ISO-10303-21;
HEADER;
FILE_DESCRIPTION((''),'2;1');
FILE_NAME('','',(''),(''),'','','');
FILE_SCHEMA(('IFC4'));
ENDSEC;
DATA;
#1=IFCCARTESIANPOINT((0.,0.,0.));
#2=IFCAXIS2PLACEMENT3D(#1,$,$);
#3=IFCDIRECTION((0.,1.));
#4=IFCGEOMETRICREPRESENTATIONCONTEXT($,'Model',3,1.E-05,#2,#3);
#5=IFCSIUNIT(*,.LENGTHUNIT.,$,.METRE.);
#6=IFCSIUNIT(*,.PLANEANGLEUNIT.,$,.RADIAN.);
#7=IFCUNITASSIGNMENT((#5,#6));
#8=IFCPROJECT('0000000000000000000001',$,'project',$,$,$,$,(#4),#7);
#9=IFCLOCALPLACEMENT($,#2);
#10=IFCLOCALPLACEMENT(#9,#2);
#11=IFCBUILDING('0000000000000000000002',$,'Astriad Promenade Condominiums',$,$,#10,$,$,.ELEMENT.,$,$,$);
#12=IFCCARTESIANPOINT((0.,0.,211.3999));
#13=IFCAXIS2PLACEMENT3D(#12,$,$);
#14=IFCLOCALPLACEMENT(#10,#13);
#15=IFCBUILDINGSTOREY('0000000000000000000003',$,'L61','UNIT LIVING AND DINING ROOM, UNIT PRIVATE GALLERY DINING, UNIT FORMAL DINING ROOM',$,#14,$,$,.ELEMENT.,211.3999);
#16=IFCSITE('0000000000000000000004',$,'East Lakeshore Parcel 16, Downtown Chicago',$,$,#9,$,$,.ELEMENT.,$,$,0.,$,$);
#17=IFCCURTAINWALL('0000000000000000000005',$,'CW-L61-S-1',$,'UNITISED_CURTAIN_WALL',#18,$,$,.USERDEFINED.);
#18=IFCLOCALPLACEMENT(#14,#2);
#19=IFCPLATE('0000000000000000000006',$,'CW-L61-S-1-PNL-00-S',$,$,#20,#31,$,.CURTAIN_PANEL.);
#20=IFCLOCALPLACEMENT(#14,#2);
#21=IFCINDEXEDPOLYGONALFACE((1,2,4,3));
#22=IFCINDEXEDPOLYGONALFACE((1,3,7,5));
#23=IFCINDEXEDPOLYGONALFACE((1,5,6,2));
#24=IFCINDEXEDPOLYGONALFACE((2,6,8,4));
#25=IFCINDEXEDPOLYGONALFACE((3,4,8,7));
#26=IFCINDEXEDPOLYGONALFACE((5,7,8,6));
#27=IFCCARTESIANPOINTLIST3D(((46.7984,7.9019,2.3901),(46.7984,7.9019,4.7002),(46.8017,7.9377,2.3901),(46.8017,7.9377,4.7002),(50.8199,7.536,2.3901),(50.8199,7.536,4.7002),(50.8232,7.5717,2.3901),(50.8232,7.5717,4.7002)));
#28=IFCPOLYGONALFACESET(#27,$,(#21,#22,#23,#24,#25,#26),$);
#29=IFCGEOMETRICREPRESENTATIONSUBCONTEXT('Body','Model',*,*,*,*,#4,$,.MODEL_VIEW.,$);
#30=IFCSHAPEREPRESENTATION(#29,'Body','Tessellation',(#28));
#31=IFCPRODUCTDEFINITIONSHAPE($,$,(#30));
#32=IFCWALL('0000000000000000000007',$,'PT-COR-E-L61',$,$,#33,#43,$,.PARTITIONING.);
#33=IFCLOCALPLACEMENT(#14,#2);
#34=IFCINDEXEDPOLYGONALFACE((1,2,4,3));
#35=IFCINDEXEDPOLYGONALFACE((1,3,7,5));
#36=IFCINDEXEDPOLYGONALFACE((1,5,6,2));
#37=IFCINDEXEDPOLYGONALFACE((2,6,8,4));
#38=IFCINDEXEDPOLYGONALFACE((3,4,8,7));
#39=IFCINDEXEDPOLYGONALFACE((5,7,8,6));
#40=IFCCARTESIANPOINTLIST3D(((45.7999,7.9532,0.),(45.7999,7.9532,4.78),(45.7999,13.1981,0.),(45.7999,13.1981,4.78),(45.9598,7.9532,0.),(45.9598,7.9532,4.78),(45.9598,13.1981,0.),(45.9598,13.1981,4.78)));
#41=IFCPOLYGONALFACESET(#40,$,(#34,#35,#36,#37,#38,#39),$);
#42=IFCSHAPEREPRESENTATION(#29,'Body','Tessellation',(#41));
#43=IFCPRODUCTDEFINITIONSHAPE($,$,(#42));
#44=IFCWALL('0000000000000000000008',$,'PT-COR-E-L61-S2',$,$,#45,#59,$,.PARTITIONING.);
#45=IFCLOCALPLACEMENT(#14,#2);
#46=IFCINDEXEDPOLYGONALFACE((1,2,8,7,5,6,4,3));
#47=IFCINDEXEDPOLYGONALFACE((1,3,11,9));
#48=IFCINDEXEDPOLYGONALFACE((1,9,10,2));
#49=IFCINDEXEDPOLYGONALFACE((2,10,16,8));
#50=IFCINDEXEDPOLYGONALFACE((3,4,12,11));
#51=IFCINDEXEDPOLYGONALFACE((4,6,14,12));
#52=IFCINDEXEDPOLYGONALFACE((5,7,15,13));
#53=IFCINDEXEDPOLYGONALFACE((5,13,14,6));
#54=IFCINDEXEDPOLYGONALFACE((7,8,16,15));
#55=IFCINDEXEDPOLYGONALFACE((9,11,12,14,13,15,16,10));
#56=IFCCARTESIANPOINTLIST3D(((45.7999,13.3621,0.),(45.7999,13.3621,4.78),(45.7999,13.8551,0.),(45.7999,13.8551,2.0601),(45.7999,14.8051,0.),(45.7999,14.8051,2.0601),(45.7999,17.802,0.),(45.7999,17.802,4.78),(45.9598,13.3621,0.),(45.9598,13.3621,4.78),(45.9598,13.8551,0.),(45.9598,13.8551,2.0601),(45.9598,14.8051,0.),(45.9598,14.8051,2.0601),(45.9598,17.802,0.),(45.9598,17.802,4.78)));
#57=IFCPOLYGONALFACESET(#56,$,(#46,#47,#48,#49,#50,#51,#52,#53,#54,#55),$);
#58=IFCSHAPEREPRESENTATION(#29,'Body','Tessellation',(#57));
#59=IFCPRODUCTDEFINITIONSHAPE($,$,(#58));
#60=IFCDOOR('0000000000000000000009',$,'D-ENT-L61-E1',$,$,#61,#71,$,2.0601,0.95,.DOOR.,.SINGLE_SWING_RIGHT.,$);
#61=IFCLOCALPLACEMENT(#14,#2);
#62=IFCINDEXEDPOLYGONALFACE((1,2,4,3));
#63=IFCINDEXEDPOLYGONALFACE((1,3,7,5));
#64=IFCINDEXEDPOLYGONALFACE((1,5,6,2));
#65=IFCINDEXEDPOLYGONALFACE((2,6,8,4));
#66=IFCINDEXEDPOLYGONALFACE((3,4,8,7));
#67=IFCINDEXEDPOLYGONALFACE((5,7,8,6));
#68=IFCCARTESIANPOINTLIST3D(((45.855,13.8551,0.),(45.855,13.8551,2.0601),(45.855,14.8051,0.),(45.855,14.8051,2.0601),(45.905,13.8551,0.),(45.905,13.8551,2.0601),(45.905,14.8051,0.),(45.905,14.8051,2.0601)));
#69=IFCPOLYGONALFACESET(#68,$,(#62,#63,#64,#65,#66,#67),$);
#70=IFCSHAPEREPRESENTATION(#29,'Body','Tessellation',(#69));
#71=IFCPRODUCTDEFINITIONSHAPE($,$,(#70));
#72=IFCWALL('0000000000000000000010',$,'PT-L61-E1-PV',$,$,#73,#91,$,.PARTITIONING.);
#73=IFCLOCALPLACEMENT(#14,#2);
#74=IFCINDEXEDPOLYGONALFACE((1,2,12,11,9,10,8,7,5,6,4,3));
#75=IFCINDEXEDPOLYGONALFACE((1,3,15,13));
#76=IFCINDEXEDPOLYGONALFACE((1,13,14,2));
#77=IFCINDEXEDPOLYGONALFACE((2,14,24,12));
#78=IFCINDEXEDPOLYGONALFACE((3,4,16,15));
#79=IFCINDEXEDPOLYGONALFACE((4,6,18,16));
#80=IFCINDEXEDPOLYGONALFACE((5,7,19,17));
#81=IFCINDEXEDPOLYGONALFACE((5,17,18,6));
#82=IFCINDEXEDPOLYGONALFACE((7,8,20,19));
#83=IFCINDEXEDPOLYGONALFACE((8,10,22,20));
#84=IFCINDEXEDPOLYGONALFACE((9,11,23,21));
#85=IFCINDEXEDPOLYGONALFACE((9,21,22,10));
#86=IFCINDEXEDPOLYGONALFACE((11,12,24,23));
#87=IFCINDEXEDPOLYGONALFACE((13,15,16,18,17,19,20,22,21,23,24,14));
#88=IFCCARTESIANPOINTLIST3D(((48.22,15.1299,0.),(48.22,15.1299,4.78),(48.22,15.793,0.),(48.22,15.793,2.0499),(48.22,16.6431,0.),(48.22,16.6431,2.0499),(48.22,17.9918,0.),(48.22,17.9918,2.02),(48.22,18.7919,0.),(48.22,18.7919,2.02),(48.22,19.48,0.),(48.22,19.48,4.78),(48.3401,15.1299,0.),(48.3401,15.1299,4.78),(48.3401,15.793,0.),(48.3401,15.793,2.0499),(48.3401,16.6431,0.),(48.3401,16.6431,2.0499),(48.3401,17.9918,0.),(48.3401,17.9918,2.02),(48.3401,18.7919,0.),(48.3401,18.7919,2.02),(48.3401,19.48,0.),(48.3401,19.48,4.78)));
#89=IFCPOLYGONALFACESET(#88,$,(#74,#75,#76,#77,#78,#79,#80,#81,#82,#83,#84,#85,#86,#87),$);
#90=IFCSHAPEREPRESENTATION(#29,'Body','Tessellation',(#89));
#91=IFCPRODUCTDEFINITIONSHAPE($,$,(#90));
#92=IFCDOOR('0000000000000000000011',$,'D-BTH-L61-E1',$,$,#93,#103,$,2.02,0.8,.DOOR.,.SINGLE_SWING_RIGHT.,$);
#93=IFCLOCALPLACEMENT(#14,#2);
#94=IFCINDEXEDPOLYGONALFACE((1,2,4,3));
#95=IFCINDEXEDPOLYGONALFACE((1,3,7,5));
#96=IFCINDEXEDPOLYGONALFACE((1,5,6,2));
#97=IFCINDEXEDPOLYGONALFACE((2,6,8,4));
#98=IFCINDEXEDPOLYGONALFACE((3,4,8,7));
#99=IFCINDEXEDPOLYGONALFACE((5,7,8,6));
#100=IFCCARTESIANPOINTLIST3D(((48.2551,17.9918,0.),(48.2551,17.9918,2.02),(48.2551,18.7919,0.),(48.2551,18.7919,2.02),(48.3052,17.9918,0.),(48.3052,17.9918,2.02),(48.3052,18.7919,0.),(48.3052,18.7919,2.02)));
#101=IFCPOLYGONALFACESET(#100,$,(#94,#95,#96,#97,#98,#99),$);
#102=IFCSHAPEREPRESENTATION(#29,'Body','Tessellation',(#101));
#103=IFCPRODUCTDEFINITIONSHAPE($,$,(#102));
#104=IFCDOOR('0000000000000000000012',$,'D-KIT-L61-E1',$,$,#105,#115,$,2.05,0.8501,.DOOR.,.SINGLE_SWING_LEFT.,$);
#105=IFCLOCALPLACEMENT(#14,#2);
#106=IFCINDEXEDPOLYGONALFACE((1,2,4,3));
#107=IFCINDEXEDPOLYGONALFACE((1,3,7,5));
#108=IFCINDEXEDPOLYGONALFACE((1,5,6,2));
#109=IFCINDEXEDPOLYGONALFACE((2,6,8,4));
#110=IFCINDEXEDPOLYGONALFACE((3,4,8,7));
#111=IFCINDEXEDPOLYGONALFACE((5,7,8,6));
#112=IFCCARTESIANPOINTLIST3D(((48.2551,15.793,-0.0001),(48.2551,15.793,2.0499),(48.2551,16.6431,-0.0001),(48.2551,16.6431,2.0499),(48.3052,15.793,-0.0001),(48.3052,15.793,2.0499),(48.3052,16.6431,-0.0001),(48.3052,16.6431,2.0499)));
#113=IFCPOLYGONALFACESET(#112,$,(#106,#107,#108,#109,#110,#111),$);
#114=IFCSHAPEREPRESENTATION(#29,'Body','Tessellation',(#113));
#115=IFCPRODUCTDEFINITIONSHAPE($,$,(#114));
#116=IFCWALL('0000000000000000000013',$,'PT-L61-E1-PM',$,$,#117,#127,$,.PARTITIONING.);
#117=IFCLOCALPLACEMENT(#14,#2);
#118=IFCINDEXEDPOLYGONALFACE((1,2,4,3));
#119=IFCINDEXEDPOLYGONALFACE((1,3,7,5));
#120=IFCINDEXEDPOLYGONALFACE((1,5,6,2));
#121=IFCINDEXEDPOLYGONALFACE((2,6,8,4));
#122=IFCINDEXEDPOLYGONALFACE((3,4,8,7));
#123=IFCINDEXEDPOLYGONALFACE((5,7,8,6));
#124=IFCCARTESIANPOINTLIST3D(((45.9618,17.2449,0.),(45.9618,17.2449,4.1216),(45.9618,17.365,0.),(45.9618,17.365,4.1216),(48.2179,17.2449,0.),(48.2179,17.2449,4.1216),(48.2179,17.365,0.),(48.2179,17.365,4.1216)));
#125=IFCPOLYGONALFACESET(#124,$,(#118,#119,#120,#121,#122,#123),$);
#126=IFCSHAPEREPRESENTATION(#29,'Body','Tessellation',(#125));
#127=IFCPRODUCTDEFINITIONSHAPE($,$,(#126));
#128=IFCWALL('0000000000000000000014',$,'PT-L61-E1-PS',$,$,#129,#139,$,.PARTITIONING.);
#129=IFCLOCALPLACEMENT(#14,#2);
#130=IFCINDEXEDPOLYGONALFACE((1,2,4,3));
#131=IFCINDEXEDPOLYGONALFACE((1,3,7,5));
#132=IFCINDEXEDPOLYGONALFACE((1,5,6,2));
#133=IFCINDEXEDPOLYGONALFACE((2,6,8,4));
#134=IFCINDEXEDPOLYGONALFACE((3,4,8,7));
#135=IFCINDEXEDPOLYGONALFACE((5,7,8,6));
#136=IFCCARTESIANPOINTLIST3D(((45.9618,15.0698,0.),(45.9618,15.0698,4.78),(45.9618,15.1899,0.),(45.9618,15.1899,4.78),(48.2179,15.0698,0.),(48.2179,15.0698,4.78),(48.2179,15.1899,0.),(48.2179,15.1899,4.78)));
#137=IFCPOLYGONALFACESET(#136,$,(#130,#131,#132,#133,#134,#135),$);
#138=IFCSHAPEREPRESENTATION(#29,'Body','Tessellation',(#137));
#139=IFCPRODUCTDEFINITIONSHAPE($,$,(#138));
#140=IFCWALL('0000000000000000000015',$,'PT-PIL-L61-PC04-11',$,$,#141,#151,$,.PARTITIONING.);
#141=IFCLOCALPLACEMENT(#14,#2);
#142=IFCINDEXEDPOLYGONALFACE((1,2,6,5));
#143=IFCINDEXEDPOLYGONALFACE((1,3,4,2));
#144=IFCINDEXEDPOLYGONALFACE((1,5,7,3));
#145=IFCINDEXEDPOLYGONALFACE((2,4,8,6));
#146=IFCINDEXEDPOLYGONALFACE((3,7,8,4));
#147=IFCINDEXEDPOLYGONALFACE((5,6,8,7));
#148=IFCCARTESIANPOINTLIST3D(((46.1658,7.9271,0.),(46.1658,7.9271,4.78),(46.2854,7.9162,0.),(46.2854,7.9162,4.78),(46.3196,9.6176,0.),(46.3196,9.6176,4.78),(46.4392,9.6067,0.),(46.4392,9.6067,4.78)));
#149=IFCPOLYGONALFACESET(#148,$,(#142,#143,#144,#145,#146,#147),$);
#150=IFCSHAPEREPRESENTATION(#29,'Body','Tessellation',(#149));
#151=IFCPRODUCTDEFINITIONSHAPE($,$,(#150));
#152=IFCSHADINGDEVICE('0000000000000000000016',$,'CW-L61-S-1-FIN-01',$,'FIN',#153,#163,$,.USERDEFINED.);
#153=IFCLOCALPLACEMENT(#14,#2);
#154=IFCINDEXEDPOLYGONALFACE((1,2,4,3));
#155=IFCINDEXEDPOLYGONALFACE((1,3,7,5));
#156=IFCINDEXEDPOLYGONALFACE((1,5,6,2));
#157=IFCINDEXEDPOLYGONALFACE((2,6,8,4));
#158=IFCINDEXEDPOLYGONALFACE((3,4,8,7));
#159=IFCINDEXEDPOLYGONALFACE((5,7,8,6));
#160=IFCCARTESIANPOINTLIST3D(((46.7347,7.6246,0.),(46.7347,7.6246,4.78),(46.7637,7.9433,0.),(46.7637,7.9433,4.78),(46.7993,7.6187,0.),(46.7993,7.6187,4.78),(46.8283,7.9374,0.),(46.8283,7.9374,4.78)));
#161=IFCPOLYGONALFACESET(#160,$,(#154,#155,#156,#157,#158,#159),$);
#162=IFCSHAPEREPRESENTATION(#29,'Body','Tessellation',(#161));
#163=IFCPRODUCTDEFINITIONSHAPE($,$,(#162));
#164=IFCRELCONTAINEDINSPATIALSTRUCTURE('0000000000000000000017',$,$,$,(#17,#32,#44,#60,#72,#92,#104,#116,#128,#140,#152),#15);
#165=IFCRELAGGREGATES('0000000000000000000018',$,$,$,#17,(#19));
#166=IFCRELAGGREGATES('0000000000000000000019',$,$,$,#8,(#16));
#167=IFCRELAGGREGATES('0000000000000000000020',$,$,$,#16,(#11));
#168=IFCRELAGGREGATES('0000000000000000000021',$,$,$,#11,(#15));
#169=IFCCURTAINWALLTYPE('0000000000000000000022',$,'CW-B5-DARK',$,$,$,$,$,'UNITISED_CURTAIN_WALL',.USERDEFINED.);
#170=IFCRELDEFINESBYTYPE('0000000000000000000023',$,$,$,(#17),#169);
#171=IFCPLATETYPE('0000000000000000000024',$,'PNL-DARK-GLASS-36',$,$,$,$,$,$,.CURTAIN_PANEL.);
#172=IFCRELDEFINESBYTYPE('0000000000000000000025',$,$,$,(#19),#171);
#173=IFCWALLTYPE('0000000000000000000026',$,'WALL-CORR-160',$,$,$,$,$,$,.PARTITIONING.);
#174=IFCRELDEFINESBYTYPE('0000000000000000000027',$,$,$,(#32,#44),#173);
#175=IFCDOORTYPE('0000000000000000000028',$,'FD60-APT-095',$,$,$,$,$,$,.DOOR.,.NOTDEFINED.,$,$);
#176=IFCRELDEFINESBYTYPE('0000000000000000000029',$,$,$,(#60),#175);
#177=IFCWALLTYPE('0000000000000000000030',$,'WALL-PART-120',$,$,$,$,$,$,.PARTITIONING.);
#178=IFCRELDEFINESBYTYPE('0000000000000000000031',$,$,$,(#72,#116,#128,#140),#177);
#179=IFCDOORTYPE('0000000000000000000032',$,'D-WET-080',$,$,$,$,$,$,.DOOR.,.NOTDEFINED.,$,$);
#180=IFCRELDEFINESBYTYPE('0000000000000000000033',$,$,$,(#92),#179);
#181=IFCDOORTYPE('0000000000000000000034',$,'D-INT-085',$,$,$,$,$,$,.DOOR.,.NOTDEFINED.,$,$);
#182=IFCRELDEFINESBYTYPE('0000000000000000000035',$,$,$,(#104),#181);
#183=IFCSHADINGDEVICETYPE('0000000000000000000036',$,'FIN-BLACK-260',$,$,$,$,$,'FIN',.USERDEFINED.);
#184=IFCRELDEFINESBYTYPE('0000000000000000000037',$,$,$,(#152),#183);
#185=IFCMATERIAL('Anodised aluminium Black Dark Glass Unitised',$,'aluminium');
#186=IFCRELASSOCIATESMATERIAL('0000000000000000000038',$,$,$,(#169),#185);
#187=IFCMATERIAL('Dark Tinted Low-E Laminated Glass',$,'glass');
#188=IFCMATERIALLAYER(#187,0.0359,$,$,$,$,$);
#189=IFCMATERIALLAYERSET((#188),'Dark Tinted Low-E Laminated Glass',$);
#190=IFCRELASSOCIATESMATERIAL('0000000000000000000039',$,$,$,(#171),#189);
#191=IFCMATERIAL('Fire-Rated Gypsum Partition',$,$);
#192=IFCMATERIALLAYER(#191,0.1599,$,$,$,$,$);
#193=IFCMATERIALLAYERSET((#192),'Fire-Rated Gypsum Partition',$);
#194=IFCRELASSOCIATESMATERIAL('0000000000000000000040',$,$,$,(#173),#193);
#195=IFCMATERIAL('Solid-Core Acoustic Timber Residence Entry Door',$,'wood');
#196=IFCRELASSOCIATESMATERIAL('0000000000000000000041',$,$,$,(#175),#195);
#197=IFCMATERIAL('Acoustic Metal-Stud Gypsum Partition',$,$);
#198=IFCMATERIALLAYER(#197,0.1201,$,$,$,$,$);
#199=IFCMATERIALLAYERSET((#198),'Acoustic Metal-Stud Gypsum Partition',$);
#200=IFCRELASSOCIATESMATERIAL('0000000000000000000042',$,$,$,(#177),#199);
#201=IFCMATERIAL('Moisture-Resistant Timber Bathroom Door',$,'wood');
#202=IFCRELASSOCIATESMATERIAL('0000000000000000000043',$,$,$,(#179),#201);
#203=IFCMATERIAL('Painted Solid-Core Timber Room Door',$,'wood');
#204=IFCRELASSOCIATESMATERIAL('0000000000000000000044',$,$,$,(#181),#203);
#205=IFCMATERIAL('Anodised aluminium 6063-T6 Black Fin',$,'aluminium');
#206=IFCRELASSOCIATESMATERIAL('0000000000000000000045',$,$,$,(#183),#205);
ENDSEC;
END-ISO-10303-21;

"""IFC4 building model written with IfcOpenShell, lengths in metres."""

from ifc_helpers import new_model, si_unit, direction, frame, frame_2d, origin, origin_2d, place, context, subcontext, project, spatial, rectangle, extrude, source, transform, mapped, material, layer, layer_set, type_object, type_shapes, element, fill, aggregate, save


model = new_model("IFC4")

# Units and contexts
model_context = context("Model", 3, precision=1e-05, world=origin(), true_north=direction((0.0, 1.0)))
body_context = subcontext(model_context, "Body", "Model", "MODEL_VIEW")
ifc_project = project(units=[si_unit("LENGTHUNIT", "METRE"), si_unit("PLANEANGLEUNIT", "RADIAN")], contexts=[model_context])

# Site, building, storey
site_placement = place(None, origin())
site = spatial("IfcSite", under=ifc_project, at=site_placement, Name="East Lakeshore Parcel 16, Downtown Chicago", CompositionType="ELEMENT", RefElevation=0.0)
building_placement = place(site_placement, origin())
building = spatial("IfcBuilding", under=site, at=building_placement, Name="Astriad Promenade Condominiums", CompositionType="ELEMENT")
storey_placement = place(building_placement, frame((0.0, 0.0, 211.3999)))
storey = spatial("IfcBuildingStorey", under=building, at=storey_placement, Name="L61", Description="UNIT LIVING AND DINING ROOM, UNIT PRIVATE GALLERY DINING, UNIT FORMAL DINING ROOM", CompositionType="ELEMENT", Elevation=211.3999)

# Curtain wall
ifc_material_1 = material(Name="Anodised aluminium Black Dark Glass Unitised", Category="aluminium")
curtain_wall_type = type_object("IfcCurtainWallType", Name="CW-B5-DARK", ElementType="UNITISED_CURTAIN_WALL", PredefinedType="USERDEFINED", material=ifc_material_1)
curtain_wall_placement = place(storey_placement, origin())
curtain_wall = element("IfcCurtainWall", 1, at=curtain_wall_placement, inside=storey, type_object=curtain_wall_type, Name="CW-L61-S-1", ObjectType="UNITISED_CURTAIN_WALL", PredefinedType="USERDEFINED")

# Plate
ifc_material_2 = material(Name="Dark Tinted Low-E Laminated Glass", Category="glass")
ifc_layer_1 = layer(ifc_material_2, 0.0359)
ifc_layer_set_1 = layer_set([ifc_layer_1], Name="Dark Tinted Low-E Laminated Glass")
plate_type_1 = type_object("IfcPlateType", Name="PNL-DARK-GLASS-36", PredefinedType="CURTAIN_PANEL", material=ifc_layer_set_1)
shared_shape_1 = source(origin(), body_context, "Body", "SweptSolid", [
    extrude(rectangle(XDim=4.0381, YDim=0.0359, at=origin_2d()), origin(), (0.0, 0.0, 1.0), 2.3101),
])
plate_1_placement = place(storey_placement, frame((48.8108, 7.7368, 2.3901), z_axis=(0.0, 0.0, 1.0), x_axis=(-0.995884, 0.090633, 0.0)))
plate_1 = element("IfcPlate", 2, at=plate_1_placement, type_object=plate_type_1, Name="CW-L61-S-1-PNL-00-S", PredefinedType="CURTAIN_PANEL", context=body_context, shape_type="MappedRepresentation", body=[
    mapped(shared_shape_1, transform((0.0, 0.0, 0.0), scale=1.0)),
])
aggregate(curtain_wall, [plate_1])

# Wall
ifc_material_3 = material(Name="Fire-Rated Gypsum Partition")
ifc_layer_2 = layer(ifc_material_3, 0.1599)
ifc_layer_set_2 = layer_set([ifc_layer_2], Name="Fire-Rated Gypsum Partition")
wall_type_1 = type_object("IfcWallType", Name="WALL-CORR-160", PredefinedType="PARTITIONING", material=ifc_layer_set_2)
wall_1_placement = place(storey_placement, frame((45.8799, 7.9531, 0.0), z_axis=(0.0, 0.0, 1.0), x_axis=(0.0, 1.0, 0.0)))
element("IfcWall", 3, at=wall_1_placement, inside=storey, type_object=wall_type_1, Name="PT-COR-E-L61", PredefinedType="PARTITIONING", context=body_context, shape_type="SweptSolid", body=[
    extrude(rectangle(XDim=5.2449, YDim=0.1599, at=frame_2d((2.6226, 0.0))), origin(), (0.0, 0.0, 1.0), 4.78),
])

# Wall, opening, door
wall_2_placement = place(storey_placement, frame((45.8799, 13.3621, 0.0), z_axis=(0.0, 0.0, 1.0), x_axis=(0.0, 1.0, 0.0)))
wall_2 = element("IfcWall", 4, at=wall_2_placement, inside=storey, type_object=wall_type_1, Name="PT-COR-E-L61-S2", PredefinedType="PARTITIONING", context=body_context, shape_type="SweptSolid", body=[
    extrude(rectangle(XDim=4.4399, YDim=0.1599, at=frame_2d((2.22, 0.0))), origin(), (0.0, 0.0, 1.0), 4.78),
])
opening_1_placement = place(wall_2_placement, frame((0.4929, 0.0, 0.0)))
opening_1 = element("IfcOpeningElement", 5, at=opening_1_placement, cuts=wall_2, PredefinedType="OPENING", context=body_context, shape_type="SweptSolid", body=[
    extrude(rectangle(XDim=0.95, YDim=2.0601, at=frame_2d((0.4751, 1.03))), frame((0.0, 0.0898, 0.0), z_axis=(0.0, -1.0, 0.0), x_axis=(1.0, 0.0, 0.0)), (0.0, 0.0, 1.0), 0.1799),
])
ifc_material_4 = material(Name="Solid-Core Acoustic Timber Residence Entry Door", Category="wood")
door_type_1 = type_object("IfcDoorType", Name="FD60-APT-095", OperationType="NOTDEFINED", PredefinedType="DOOR", material=ifc_material_4)
shared_shape_2 = source(origin(), body_context, "Body", "SweptSolid", [
    extrude(rectangle(XDim=0.95, YDim=2.0601, at=frame_2d((0.4751, 1.03))), frame((0.0, 0.0249, 0.0), z_axis=(0.0, -1.0, 0.0), x_axis=(1.0, 0.0, 0.0)), (0.0, 0.0, 1.0), 0.05),
])
type_shapes(door_type_1, [shared_shape_2])
door_1_placement = place(opening_1_placement, origin())
door_1 = element("IfcDoor", 6, at=door_1_placement, inside=storey, type_object=door_type_1, Name="D-ENT-L61-E1", OperationType="SINGLE_SWING_RIGHT", OverallHeight=2.0601, OverallWidth=0.95, PredefinedType="DOOR", context=body_context, shape_type="MappedRepresentation", body=[
    mapped(shared_shape_2, transform((0.0, 0.0, 0.0), scale=1.0)),
])
fill(opening_1, door_1)

# Wall, openings, doors
ifc_material_5 = material(Name="Acoustic Metal-Stud Gypsum Partition")
ifc_layer_3 = layer(ifc_material_5, 0.1201)
ifc_layer_set_3 = layer_set([ifc_layer_3], Name="Acoustic Metal-Stud Gypsum Partition")
wall_type_2 = type_object("IfcWallType", Name="WALL-PART-120", PredefinedType="PARTITIONING", material=ifc_layer_set_3)
wall_3_placement = place(storey_placement, frame((48.28, 15.1299, 0.0), z_axis=(0.0, 0.0, 1.0), x_axis=(0.0, 1.0, 0.0)))
wall_3 = element("IfcWall", 7, at=wall_3_placement, inside=storey, type_object=wall_type_2, Name="PT-L61-E1-PV", PredefinedType="PARTITIONING", context=body_context, shape_type="SweptSolid", body=[
    extrude(rectangle(XDim=4.3501, YDim=0.1201, at=frame_2d((2.175, 0.0))), origin(), (0.0, 0.0, 1.0), 4.78),
])
opening_2_placement = place(wall_3_placement, frame((0.6631, 0.0, 0.0)))
opening_2 = element("IfcOpeningElement", 8, at=opening_2_placement, cuts=wall_3, PredefinedType="OPENING", context=body_context, shape_type="SweptSolid", body=[
    extrude(rectangle(XDim=0.8501, YDim=2.05, at=frame_2d((0.425, 1.0249))), frame((0.0, 0.0701, 0.0), z_axis=(0.0, -1.0, 0.0), x_axis=(1.0, 0.0, 0.0)), (0.0, 0.0, 1.0), 0.1401),
])
opening_3_placement = place(wall_3_placement, frame((2.8621, 0.0, 0.0)))
opening_3 = element("IfcOpeningElement", 9, at=opening_3_placement, cuts=wall_3, PredefinedType="OPENING", context=body_context, shape_type="SweptSolid", body=[
    extrude(rectangle(XDim=0.8, YDim=2.02, at=frame_2d((0.3999, 1.01))), frame((0.0, 0.0701, 0.0), z_axis=(0.0, -1.0, 0.0), x_axis=(1.0, 0.0, 0.0)), (0.0, 0.0, 1.0), 0.1401),
])
ifc_material_6 = material(Name="Moisture-Resistant Timber Bathroom Door", Category="wood")
door_type_2 = type_object("IfcDoorType", Name="D-WET-080", OperationType="NOTDEFINED", PredefinedType="DOOR", material=ifc_material_6)
shared_shape_3 = source(origin(), body_context, "Body", "SweptSolid", [
    extrude(rectangle(XDim=0.8, YDim=2.02, at=frame_2d((0.3999, 1.01))), frame((0.0, 0.0249, 0.0), z_axis=(0.0, -1.0, 0.0), x_axis=(1.0, 0.0, 0.0)), (0.0, 0.0, 1.0), 0.05),
])
type_shapes(door_type_2, [shared_shape_3])
door_2_placement = place(opening_3_placement, origin())
door_2 = element("IfcDoor", 10, at=door_2_placement, inside=storey, type_object=door_type_2, Name="D-BTH-L61-E1", OperationType="SINGLE_SWING_RIGHT", OverallHeight=2.02, OverallWidth=0.8, PredefinedType="DOOR", context=body_context, shape_type="MappedRepresentation", body=[
    mapped(shared_shape_3, transform((0.0, 0.0, 0.0), scale=1.0)),
])
fill(opening_3, door_2)
ifc_material_7 = material(Name="Painted Solid-Core Timber Room Door", Category="wood")
door_type_3 = type_object("IfcDoorType", Name="D-INT-085", OperationType="NOTDEFINED", PredefinedType="DOOR", material=ifc_material_7)
shared_shape_4 = source(origin(), body_context, "Body", "SweptSolid", [
    extrude(rectangle(XDim=0.8501, YDim=2.05, at=frame_2d((0.425, 1.0249))), frame((0.0, 0.0249, 0.0), z_axis=(0.0, -1.0, 0.0), x_axis=(1.0, 0.0, 0.0)), (0.0, 0.0, 1.0), 0.05),
])
type_shapes(door_type_3, [shared_shape_4])
door_3_placement = place(opening_2_placement, origin())
door_3 = element("IfcDoor", 11, at=door_3_placement, inside=storey, type_object=door_type_3, Name="D-KIT-L61-E1", OperationType="SINGLE_SWING_LEFT", OverallHeight=2.05, OverallWidth=0.8501, PredefinedType="DOOR", context=body_context, shape_type="MappedRepresentation", body=[
    mapped(shared_shape_4, transform((0.0, 0.0, 0.0), scale=1.0)),
])
fill(opening_2, door_3)

# Walls
wall_4_placement = place(storey_placement, frame((45.9619, 17.3049, 0.0), z_axis=(0.0, 0.0, 1.0), x_axis=(1.0, 0.0, 0.0)))
element("IfcWall", 12, at=wall_4_placement, inside=storey, type_object=wall_type_2, Name="PT-L61-E1-PM", PredefinedType="PARTITIONING", context=body_context, shape_type="SweptSolid", body=[
    extrude(rectangle(XDim=2.2561, YDim=0.1201, at=frame_2d((1.1279, 0.0))), origin(), (0.0, 0.0, 1.0), 4.1216),
])
wall_5_placement = place(storey_placement, frame((45.9619, 15.1299, 0.0), z_axis=(0.0, 0.0, 1.0), x_axis=(1.0, 0.0, 0.0)))
element("IfcWall", 13, at=wall_5_placement, inside=storey, type_object=wall_type_2, Name="PT-L61-E1-PS", PredefinedType="PARTITIONING", context=body_context, shape_type="SweptSolid", body=[
    extrude(rectangle(XDim=2.2561, YDim=0.1201, at=frame_2d((1.1279, 0.0))), origin(), (0.0, 0.0, 1.0), 4.78),
])
wall_6_placement = place(storey_placement, frame((46.3794, 9.6121, 0.0), z_axis=(0.0, 0.0, 1.0), x_axis=(-0.090614, -0.995886, 0.0)))
element("IfcWall", 14, at=wall_6_placement, inside=storey, type_object=wall_type_2, Name="PT-PIL-L61-PC04-11", PredefinedType="PARTITIONING", context=body_context, shape_type="SweptSolid", body=[
    extrude(rectangle(XDim=1.6975, YDim=0.1201, at=frame_2d((0.8486, 0.0))), origin(), (0.0, 0.0, 1.0), 4.78),
])

# Shading device
ifc_material_8 = material(Name="Anodised aluminium 6063-T6 Black Fin", Category="aluminium")
shading_device_type = type_object("IfcShadingDeviceType", Name="FIN-BLACK-260", ElementType="FIN", PredefinedType="USERDEFINED", material=ifc_material_8)
shared_shape_5 = source(origin(), body_context, "Body", "SweptSolid", [
    extrude(rectangle(XDim=0.0649, YDim=0.3201, at=origin_2d()), origin(), (0.0, 0.0, 1.0), 4.78),
])
type_shapes(shading_device_type, [shared_shape_5])
shading_device_placement = place(storey_placement, frame((46.7815, 7.781, 0.0), z_axis=(0.0, 0.0, 1.0), x_axis=(-0.995884, 0.090633, 0.0)))
element("IfcShadingDevice", 15, at=shading_device_placement, inside=storey, type_object=shading_device_type, Name="CW-L61-S-1-FIN-01", ObjectType="FIN", PredefinedType="USERDEFINED", context=body_context, shape_type="MappedRepresentation", body=[
    mapped(shared_shape_5, transform((0.0, 0.0, 0.0), scale=1.0)),
])

save(model, "model.ifc")
